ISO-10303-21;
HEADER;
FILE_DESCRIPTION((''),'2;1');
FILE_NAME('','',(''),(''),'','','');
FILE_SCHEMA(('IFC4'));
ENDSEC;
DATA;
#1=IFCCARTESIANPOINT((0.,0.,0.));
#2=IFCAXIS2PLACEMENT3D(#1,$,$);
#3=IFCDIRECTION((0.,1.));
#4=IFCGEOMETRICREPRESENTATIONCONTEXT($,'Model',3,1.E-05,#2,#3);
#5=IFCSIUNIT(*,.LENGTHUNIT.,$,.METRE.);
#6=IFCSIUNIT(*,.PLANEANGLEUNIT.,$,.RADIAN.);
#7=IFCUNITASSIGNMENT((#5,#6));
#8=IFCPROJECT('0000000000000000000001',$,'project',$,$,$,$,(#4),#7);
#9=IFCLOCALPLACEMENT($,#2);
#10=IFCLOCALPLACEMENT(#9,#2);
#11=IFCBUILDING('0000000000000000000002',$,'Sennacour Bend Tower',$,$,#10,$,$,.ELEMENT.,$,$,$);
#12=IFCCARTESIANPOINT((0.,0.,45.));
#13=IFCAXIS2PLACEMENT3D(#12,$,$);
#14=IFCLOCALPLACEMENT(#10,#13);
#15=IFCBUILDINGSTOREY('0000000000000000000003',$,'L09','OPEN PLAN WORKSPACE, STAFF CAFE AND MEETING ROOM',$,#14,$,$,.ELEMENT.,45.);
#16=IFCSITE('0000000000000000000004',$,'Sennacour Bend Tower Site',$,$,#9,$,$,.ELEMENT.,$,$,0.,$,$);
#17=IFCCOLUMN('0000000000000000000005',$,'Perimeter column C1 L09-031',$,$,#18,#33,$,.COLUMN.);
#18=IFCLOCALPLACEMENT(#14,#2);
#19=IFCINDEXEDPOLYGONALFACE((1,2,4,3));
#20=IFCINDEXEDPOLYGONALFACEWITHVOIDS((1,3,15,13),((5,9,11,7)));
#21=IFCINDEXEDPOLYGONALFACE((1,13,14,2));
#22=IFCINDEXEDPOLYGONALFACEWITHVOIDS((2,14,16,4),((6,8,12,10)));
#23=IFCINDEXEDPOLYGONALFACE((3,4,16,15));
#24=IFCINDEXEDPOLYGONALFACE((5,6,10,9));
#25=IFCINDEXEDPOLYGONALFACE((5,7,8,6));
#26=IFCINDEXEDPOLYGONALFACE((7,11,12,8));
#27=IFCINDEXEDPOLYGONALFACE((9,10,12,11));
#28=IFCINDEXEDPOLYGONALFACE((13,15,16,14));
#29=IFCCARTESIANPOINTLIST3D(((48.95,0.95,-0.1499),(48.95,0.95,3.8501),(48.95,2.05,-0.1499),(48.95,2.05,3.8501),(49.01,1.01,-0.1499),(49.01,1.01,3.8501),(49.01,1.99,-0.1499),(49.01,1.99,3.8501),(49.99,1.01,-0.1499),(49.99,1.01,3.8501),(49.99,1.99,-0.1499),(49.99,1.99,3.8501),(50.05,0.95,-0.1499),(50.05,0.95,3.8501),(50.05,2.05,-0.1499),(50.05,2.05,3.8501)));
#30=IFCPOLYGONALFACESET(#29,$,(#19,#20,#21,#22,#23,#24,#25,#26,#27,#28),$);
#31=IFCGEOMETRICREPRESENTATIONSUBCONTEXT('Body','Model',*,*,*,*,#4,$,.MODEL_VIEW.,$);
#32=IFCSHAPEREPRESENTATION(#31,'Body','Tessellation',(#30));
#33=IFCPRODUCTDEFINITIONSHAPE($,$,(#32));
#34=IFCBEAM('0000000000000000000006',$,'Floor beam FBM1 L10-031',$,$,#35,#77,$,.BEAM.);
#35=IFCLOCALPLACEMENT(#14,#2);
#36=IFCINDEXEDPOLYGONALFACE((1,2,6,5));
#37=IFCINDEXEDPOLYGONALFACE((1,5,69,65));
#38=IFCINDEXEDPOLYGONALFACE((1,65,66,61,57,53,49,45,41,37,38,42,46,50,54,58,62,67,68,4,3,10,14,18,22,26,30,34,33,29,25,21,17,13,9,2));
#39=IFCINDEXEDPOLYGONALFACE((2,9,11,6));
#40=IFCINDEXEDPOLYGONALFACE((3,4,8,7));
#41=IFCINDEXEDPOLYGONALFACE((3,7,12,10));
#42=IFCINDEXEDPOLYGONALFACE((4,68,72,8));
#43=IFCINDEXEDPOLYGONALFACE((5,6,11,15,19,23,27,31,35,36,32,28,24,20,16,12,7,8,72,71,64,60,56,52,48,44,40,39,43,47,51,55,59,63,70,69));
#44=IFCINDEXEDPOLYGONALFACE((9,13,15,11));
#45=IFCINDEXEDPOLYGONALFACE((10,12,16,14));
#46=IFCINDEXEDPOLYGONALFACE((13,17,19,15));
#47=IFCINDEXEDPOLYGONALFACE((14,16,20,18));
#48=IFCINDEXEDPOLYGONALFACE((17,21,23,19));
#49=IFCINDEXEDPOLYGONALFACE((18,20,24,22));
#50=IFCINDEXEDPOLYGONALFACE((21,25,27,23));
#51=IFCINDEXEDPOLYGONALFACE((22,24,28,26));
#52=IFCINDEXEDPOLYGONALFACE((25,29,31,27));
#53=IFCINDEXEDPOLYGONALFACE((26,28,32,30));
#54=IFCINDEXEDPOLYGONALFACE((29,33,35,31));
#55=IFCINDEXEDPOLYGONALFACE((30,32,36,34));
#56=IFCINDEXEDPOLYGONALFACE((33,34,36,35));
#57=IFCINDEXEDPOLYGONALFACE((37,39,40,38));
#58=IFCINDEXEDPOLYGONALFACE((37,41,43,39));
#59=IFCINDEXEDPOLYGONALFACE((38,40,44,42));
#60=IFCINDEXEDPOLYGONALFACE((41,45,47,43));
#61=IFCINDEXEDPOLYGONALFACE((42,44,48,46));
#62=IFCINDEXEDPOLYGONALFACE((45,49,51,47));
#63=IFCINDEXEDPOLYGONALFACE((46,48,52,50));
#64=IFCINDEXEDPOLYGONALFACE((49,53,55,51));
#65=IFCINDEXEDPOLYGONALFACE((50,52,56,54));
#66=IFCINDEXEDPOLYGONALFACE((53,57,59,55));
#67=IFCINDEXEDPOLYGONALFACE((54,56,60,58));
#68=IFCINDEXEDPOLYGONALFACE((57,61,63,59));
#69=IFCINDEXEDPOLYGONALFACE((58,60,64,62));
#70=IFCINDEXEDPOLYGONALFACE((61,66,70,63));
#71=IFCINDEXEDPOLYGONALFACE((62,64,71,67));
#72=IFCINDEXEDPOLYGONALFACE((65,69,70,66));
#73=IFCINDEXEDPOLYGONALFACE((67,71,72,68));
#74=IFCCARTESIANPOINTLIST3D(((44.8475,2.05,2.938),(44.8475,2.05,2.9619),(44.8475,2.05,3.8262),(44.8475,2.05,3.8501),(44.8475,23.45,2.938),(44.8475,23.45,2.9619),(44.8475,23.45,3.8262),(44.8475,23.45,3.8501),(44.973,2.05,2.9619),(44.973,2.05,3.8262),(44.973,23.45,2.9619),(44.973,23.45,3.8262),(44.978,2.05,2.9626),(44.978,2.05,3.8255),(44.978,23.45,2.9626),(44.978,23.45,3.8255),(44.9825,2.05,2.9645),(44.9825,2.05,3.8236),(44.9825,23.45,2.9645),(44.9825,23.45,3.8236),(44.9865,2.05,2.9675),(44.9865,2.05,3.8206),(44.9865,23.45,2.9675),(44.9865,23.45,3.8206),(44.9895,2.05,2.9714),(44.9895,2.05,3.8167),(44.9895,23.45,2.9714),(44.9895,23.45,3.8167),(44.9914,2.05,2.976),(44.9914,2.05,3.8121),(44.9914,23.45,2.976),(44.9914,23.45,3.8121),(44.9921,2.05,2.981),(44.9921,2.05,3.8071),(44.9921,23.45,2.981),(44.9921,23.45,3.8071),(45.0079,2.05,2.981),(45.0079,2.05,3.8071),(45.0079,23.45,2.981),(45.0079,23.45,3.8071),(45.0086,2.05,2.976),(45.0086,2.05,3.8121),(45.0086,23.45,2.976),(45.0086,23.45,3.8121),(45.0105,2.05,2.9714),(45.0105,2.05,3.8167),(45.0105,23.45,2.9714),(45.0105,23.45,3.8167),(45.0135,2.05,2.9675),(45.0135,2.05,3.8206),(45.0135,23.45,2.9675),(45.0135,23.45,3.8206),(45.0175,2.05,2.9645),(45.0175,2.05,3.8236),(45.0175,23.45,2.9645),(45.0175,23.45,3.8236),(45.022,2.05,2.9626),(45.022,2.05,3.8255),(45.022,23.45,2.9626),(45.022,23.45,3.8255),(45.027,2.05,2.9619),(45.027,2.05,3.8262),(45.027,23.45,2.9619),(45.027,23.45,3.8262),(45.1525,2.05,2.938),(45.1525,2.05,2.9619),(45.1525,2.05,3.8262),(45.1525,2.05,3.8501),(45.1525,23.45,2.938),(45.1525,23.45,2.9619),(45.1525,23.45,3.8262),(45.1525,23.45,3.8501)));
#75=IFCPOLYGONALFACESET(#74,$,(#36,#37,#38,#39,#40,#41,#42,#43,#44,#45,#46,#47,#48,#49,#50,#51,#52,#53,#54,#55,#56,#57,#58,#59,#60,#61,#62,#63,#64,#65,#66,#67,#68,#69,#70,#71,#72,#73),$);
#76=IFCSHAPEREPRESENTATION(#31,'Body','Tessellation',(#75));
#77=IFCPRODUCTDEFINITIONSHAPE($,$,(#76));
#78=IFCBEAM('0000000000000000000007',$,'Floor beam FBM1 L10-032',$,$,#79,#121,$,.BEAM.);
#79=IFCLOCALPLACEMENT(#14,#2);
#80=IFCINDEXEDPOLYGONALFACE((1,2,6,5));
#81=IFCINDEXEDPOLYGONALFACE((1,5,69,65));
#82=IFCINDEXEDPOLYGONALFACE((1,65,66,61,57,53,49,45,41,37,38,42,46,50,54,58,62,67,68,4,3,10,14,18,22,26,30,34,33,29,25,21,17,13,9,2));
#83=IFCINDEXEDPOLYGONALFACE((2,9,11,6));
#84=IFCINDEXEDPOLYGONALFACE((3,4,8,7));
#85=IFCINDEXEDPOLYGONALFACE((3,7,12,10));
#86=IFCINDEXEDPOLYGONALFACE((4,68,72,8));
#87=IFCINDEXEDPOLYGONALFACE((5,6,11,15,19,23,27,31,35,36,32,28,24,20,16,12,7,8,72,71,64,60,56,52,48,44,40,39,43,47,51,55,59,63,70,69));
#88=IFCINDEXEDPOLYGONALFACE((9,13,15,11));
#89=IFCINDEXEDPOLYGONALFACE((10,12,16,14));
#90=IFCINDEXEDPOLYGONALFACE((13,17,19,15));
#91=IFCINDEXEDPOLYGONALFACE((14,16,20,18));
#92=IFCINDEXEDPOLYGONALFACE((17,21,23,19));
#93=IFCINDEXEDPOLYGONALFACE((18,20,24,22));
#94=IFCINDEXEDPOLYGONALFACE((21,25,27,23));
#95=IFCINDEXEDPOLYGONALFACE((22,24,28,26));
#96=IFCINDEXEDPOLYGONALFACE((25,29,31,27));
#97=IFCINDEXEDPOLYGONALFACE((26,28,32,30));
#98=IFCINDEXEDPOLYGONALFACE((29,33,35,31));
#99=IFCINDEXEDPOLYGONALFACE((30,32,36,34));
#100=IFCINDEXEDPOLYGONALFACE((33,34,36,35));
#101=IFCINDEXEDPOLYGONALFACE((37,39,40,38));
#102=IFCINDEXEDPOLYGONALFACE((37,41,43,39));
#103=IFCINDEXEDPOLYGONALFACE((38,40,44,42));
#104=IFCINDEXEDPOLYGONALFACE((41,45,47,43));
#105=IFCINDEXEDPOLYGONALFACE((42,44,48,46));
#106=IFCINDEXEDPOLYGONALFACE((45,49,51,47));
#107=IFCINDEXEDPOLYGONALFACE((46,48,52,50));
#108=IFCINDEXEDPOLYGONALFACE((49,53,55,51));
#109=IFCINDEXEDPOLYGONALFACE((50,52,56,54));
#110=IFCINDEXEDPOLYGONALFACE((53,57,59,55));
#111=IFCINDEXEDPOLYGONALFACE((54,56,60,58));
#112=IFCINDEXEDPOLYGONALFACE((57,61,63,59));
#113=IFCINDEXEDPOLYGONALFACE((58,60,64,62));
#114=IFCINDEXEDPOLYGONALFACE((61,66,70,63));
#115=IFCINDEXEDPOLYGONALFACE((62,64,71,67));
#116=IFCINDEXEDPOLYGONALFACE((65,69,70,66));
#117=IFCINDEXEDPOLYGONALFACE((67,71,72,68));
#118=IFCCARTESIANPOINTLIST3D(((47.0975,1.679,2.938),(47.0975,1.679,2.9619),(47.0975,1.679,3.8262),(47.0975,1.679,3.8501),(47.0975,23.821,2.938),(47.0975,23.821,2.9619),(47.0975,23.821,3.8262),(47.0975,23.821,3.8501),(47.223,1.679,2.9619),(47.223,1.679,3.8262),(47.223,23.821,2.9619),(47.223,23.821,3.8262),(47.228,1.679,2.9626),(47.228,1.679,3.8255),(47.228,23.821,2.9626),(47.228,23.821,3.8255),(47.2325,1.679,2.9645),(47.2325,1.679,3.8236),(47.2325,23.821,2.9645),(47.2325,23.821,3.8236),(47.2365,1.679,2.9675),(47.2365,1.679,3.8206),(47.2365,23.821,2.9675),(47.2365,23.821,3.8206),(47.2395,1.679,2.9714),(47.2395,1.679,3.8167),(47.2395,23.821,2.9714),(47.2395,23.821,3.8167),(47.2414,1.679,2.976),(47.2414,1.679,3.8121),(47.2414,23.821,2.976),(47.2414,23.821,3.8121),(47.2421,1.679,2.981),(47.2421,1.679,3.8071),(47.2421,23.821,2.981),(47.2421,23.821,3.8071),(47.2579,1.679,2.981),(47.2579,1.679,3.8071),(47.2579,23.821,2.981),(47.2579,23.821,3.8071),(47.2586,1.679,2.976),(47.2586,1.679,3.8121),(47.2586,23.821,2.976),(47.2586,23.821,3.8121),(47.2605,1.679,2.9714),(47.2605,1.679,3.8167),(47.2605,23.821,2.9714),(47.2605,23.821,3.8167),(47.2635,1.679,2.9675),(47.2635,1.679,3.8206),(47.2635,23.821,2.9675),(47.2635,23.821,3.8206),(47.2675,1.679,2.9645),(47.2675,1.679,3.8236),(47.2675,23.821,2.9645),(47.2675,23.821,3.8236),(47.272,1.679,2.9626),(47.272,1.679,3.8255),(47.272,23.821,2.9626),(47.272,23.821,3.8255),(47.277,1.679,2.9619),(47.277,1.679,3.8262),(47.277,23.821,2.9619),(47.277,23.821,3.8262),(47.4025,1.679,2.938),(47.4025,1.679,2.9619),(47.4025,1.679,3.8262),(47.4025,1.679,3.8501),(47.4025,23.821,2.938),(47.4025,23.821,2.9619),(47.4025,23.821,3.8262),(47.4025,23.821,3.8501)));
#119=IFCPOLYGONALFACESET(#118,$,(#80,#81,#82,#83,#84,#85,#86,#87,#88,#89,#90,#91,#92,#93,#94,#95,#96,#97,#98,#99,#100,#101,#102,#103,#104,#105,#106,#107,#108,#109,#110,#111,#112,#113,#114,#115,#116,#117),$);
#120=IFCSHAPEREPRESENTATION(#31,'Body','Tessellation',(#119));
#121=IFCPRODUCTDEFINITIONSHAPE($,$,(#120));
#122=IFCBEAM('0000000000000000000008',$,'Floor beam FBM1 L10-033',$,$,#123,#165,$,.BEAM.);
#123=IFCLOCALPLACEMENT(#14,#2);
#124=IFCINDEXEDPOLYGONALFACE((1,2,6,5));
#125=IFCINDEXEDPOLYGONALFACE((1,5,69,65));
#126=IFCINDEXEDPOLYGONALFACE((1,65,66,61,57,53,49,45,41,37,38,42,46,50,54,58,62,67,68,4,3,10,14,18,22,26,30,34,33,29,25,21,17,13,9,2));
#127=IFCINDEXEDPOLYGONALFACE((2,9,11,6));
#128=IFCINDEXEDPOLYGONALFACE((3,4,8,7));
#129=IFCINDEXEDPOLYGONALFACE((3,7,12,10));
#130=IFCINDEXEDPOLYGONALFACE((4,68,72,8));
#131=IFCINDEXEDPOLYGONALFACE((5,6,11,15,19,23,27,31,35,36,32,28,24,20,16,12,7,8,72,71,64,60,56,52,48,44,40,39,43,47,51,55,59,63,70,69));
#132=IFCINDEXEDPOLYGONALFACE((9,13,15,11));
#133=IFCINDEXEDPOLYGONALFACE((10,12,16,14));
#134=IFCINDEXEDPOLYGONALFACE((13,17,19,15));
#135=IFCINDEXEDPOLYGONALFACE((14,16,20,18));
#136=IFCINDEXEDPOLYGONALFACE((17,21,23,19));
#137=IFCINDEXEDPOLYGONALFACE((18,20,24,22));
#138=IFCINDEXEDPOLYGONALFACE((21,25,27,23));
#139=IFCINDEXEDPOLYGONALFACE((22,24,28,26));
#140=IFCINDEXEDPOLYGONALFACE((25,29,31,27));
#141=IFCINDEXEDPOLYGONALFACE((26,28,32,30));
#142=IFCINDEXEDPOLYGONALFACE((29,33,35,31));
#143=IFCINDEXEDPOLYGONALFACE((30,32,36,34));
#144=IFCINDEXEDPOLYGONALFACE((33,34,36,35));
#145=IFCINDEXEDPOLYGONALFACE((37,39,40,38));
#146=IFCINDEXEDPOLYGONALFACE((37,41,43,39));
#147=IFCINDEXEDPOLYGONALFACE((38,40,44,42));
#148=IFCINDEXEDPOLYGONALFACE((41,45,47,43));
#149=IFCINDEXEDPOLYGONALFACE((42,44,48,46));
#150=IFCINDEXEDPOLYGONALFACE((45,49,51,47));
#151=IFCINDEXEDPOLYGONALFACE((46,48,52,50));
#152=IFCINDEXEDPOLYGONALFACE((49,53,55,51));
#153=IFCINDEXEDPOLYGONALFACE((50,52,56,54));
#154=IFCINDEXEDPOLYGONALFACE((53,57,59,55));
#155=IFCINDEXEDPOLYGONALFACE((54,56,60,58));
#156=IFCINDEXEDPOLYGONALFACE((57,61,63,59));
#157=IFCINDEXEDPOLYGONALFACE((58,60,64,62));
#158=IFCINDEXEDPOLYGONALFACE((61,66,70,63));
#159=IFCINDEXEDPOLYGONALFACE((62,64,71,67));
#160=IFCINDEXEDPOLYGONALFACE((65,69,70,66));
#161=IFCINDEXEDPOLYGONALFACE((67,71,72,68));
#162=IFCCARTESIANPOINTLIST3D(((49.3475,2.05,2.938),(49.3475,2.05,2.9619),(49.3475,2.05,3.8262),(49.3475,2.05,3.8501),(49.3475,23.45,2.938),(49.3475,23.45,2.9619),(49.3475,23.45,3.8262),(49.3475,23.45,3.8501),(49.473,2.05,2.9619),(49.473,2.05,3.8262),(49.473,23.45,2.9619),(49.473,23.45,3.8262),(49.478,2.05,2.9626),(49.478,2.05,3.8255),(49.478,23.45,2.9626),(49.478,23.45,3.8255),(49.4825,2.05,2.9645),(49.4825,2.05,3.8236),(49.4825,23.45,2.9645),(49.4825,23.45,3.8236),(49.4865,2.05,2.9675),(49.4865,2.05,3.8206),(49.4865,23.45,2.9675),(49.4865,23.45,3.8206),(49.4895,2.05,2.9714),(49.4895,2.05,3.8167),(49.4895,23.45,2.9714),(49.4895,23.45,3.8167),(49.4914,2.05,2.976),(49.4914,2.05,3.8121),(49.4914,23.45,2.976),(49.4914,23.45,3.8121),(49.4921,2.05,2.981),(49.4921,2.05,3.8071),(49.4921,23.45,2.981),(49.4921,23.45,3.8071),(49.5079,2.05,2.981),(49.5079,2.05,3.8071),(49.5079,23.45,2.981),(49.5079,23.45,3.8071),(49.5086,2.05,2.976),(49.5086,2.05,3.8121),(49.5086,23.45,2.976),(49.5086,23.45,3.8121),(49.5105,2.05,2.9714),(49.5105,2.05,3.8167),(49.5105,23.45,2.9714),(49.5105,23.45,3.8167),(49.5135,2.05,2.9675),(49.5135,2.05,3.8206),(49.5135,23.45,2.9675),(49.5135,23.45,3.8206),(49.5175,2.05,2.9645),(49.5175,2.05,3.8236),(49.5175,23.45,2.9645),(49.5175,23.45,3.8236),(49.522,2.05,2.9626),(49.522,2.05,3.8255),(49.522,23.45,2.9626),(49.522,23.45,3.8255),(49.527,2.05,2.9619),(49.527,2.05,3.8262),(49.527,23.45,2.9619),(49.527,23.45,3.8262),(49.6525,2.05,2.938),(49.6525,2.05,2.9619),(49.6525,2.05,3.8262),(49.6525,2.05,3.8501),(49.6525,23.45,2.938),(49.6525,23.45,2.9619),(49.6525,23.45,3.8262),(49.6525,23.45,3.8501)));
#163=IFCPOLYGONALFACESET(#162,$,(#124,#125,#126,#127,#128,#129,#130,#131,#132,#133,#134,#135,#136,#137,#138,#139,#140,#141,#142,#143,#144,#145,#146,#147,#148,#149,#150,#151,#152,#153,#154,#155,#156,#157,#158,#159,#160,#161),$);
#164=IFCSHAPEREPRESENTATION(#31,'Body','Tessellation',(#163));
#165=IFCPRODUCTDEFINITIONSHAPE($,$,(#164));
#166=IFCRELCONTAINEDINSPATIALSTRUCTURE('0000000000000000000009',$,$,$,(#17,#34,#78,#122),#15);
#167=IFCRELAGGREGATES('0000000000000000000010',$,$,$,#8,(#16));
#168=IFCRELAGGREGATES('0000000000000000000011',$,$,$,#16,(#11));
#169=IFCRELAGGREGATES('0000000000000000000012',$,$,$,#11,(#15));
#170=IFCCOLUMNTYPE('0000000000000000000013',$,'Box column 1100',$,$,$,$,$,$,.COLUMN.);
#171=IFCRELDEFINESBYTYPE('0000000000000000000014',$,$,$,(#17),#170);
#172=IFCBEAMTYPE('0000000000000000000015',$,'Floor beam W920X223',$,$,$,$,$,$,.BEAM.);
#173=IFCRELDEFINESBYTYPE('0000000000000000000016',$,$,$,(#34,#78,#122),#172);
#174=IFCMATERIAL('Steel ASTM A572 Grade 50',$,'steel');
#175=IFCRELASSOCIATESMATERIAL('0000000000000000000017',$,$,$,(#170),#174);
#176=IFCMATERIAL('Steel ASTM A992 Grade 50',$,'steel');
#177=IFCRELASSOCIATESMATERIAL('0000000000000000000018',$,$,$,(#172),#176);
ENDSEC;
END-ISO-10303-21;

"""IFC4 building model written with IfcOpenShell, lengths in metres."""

from ifc_helpers import new_model, si_unit, direction, frame, origin, origin_2d, place, context, subcontext, project, spatial, hollow_rectangle, i_section, extrude, material, material_profile, profile_set, type_object, element, save


model = new_model("IFC4")

# Units and contexts
model_context = context("Model", 3, precision=1e-05, world=origin(), true_north=direction((0.0, 1.0)))
body_context = subcontext(model_context, "Body", "Model", "MODEL_VIEW")
ifc_project = project(units=[si_unit("LENGTHUNIT", "METRE"), si_unit("PLANEANGLEUNIT", "RADIAN")], contexts=[model_context])

# Site, building, storey
site_placement = place(None, origin())
site = spatial("IfcSite", under=ifc_project, at=site_placement, Name="Sennacour Bend Tower Site", CompositionType="ELEMENT", RefElevation=0.0)
building_placement = place(site_placement, origin())
building = spatial("IfcBuilding", under=site, at=building_placement, Name="Sennacour Bend Tower", CompositionType="ELEMENT")
storey_placement = place(building_placement, frame((0.0, 0.0, 45.0)))
storey = spatial("IfcBuildingStorey", under=building, at=storey_placement, Name="L09", Description="OPEN PLAN WORKSPACE, STAFF CAFE AND MEETING ROOM", CompositionType="ELEMENT", Elevation=45.0)

# Column
ifc_material_1 = material(Name="Steel ASTM A572 Grade 50", Category="steel")
ifc_material_profile_1 = material_profile(ifc_material_1, hollow_rectangle(XDim=1.1001, YDim=1.1001, WallThickness=0.0601, at=origin_2d()), Name="Steel ASTM A572 Grade 50", Category="steel")
ifc_profile_set_1 = profile_set([ifc_material_profile_1], Name="Steel ASTM A572 Grade 50")
column_type = type_object("IfcColumnType", Name="Box column 1100", PredefinedType="COLUMN", material=ifc_profile_set_1)
column_placement = place(storey_placement, frame((49.5, 1.5, -0.1499), z_axis=(0.0, 0.0, 1.0), x_axis=(1.0, 0.0, 0.0)))
element("IfcColumn", 1, at=column_placement, inside=storey, type_object=column_type, Name="Perimeter column C1 L09-031", PredefinedType="COLUMN", context=body_context, shape_type="SweptSolid", body=[
    extrude(hollow_rectangle(XDim=1.1001, YDim=1.1001, WallThickness=0.0601, at=origin_2d()), origin(), (0.0, 0.0, 1.0), 4.0),
])

# Beams
ifc_material_2 = material(Name="Steel ASTM A992 Grade 50", Category="steel")
ifc_material_profile_2 = material_profile(ifc_material_2, i_section(OverallWidth=0.3049, OverallDepth=0.9121, WebThickness=0.0159, FlangeThickness=0.0239, FilletRadius=0.019, at=origin_2d()), Name="Steel ASTM A992 Grade 50", Category="steel")
ifc_profile_set_2 = profile_set([ifc_material_profile_2], Name="Steel ASTM A992 Grade 50")
beam_type_1 = type_object("IfcBeamType", Name="Floor beam W920X223", PredefinedType="BEAM", material=ifc_profile_set_2)
beam_1_placement = place(storey_placement, frame((45.0, 2.05, 3.394), z_axis=(0.0, 1.0, 0.0), x_axis=(-1.0, 0.0, 0.0)))
element("IfcBeam", 2, at=beam_1_placement, inside=storey, type_object=beam_type_1, Name="Floor beam FBM1 L10-031", PredefinedType="BEAM", context=body_context, shape_type="SweptSolid", body=[
    extrude(i_section(OverallWidth=0.3049, OverallDepth=0.9121, WebThickness=0.0159, FlangeThickness=0.0239, FilletRadius=0.019, at=origin_2d()), origin(), (0.0, 0.0, 1.0), 21.3999),
])
beam_2_placement = place(storey_placement, frame((47.25, 1.679, 3.394), z_axis=(0.0, 1.0, 0.0), x_axis=(-1.0, 0.0, 0.0)))
element("IfcBeam", 3, at=beam_2_placement, inside=storey, type_object=beam_type_1, Name="Floor beam FBM1 L10-032", PredefinedType="BEAM", context=body_context, shape_type="SweptSolid", body=[
    extrude(i_section(OverallWidth=0.3049, OverallDepth=0.9121, WebThickness=0.0159, FlangeThickness=0.0239, FilletRadius=0.019, at=origin_2d()), origin(), (0.0, 0.0, 1.0), 22.1421),
])
beam_3_placement = place(storey_placement, frame((49.5, 2.05, 3.394), z_axis=(0.0, 1.0, 0.0), x_axis=(-1.0, 0.0, 0.0)))
element("IfcBeam", 4, at=beam_3_placement, inside=storey, type_object=beam_type_1, Name="Floor beam FBM1 L10-033", PredefinedType="BEAM", context=body_context, shape_type="SweptSolid", body=[
    extrude(i_section(OverallWidth=0.3049, OverallDepth=0.9121, WebThickness=0.0159, FlangeThickness=0.0239, FilletRadius=0.019, at=origin_2d()), origin(), (0.0, 0.0, 1.0), 21.3999),
])

save(model, "model.ifc")
